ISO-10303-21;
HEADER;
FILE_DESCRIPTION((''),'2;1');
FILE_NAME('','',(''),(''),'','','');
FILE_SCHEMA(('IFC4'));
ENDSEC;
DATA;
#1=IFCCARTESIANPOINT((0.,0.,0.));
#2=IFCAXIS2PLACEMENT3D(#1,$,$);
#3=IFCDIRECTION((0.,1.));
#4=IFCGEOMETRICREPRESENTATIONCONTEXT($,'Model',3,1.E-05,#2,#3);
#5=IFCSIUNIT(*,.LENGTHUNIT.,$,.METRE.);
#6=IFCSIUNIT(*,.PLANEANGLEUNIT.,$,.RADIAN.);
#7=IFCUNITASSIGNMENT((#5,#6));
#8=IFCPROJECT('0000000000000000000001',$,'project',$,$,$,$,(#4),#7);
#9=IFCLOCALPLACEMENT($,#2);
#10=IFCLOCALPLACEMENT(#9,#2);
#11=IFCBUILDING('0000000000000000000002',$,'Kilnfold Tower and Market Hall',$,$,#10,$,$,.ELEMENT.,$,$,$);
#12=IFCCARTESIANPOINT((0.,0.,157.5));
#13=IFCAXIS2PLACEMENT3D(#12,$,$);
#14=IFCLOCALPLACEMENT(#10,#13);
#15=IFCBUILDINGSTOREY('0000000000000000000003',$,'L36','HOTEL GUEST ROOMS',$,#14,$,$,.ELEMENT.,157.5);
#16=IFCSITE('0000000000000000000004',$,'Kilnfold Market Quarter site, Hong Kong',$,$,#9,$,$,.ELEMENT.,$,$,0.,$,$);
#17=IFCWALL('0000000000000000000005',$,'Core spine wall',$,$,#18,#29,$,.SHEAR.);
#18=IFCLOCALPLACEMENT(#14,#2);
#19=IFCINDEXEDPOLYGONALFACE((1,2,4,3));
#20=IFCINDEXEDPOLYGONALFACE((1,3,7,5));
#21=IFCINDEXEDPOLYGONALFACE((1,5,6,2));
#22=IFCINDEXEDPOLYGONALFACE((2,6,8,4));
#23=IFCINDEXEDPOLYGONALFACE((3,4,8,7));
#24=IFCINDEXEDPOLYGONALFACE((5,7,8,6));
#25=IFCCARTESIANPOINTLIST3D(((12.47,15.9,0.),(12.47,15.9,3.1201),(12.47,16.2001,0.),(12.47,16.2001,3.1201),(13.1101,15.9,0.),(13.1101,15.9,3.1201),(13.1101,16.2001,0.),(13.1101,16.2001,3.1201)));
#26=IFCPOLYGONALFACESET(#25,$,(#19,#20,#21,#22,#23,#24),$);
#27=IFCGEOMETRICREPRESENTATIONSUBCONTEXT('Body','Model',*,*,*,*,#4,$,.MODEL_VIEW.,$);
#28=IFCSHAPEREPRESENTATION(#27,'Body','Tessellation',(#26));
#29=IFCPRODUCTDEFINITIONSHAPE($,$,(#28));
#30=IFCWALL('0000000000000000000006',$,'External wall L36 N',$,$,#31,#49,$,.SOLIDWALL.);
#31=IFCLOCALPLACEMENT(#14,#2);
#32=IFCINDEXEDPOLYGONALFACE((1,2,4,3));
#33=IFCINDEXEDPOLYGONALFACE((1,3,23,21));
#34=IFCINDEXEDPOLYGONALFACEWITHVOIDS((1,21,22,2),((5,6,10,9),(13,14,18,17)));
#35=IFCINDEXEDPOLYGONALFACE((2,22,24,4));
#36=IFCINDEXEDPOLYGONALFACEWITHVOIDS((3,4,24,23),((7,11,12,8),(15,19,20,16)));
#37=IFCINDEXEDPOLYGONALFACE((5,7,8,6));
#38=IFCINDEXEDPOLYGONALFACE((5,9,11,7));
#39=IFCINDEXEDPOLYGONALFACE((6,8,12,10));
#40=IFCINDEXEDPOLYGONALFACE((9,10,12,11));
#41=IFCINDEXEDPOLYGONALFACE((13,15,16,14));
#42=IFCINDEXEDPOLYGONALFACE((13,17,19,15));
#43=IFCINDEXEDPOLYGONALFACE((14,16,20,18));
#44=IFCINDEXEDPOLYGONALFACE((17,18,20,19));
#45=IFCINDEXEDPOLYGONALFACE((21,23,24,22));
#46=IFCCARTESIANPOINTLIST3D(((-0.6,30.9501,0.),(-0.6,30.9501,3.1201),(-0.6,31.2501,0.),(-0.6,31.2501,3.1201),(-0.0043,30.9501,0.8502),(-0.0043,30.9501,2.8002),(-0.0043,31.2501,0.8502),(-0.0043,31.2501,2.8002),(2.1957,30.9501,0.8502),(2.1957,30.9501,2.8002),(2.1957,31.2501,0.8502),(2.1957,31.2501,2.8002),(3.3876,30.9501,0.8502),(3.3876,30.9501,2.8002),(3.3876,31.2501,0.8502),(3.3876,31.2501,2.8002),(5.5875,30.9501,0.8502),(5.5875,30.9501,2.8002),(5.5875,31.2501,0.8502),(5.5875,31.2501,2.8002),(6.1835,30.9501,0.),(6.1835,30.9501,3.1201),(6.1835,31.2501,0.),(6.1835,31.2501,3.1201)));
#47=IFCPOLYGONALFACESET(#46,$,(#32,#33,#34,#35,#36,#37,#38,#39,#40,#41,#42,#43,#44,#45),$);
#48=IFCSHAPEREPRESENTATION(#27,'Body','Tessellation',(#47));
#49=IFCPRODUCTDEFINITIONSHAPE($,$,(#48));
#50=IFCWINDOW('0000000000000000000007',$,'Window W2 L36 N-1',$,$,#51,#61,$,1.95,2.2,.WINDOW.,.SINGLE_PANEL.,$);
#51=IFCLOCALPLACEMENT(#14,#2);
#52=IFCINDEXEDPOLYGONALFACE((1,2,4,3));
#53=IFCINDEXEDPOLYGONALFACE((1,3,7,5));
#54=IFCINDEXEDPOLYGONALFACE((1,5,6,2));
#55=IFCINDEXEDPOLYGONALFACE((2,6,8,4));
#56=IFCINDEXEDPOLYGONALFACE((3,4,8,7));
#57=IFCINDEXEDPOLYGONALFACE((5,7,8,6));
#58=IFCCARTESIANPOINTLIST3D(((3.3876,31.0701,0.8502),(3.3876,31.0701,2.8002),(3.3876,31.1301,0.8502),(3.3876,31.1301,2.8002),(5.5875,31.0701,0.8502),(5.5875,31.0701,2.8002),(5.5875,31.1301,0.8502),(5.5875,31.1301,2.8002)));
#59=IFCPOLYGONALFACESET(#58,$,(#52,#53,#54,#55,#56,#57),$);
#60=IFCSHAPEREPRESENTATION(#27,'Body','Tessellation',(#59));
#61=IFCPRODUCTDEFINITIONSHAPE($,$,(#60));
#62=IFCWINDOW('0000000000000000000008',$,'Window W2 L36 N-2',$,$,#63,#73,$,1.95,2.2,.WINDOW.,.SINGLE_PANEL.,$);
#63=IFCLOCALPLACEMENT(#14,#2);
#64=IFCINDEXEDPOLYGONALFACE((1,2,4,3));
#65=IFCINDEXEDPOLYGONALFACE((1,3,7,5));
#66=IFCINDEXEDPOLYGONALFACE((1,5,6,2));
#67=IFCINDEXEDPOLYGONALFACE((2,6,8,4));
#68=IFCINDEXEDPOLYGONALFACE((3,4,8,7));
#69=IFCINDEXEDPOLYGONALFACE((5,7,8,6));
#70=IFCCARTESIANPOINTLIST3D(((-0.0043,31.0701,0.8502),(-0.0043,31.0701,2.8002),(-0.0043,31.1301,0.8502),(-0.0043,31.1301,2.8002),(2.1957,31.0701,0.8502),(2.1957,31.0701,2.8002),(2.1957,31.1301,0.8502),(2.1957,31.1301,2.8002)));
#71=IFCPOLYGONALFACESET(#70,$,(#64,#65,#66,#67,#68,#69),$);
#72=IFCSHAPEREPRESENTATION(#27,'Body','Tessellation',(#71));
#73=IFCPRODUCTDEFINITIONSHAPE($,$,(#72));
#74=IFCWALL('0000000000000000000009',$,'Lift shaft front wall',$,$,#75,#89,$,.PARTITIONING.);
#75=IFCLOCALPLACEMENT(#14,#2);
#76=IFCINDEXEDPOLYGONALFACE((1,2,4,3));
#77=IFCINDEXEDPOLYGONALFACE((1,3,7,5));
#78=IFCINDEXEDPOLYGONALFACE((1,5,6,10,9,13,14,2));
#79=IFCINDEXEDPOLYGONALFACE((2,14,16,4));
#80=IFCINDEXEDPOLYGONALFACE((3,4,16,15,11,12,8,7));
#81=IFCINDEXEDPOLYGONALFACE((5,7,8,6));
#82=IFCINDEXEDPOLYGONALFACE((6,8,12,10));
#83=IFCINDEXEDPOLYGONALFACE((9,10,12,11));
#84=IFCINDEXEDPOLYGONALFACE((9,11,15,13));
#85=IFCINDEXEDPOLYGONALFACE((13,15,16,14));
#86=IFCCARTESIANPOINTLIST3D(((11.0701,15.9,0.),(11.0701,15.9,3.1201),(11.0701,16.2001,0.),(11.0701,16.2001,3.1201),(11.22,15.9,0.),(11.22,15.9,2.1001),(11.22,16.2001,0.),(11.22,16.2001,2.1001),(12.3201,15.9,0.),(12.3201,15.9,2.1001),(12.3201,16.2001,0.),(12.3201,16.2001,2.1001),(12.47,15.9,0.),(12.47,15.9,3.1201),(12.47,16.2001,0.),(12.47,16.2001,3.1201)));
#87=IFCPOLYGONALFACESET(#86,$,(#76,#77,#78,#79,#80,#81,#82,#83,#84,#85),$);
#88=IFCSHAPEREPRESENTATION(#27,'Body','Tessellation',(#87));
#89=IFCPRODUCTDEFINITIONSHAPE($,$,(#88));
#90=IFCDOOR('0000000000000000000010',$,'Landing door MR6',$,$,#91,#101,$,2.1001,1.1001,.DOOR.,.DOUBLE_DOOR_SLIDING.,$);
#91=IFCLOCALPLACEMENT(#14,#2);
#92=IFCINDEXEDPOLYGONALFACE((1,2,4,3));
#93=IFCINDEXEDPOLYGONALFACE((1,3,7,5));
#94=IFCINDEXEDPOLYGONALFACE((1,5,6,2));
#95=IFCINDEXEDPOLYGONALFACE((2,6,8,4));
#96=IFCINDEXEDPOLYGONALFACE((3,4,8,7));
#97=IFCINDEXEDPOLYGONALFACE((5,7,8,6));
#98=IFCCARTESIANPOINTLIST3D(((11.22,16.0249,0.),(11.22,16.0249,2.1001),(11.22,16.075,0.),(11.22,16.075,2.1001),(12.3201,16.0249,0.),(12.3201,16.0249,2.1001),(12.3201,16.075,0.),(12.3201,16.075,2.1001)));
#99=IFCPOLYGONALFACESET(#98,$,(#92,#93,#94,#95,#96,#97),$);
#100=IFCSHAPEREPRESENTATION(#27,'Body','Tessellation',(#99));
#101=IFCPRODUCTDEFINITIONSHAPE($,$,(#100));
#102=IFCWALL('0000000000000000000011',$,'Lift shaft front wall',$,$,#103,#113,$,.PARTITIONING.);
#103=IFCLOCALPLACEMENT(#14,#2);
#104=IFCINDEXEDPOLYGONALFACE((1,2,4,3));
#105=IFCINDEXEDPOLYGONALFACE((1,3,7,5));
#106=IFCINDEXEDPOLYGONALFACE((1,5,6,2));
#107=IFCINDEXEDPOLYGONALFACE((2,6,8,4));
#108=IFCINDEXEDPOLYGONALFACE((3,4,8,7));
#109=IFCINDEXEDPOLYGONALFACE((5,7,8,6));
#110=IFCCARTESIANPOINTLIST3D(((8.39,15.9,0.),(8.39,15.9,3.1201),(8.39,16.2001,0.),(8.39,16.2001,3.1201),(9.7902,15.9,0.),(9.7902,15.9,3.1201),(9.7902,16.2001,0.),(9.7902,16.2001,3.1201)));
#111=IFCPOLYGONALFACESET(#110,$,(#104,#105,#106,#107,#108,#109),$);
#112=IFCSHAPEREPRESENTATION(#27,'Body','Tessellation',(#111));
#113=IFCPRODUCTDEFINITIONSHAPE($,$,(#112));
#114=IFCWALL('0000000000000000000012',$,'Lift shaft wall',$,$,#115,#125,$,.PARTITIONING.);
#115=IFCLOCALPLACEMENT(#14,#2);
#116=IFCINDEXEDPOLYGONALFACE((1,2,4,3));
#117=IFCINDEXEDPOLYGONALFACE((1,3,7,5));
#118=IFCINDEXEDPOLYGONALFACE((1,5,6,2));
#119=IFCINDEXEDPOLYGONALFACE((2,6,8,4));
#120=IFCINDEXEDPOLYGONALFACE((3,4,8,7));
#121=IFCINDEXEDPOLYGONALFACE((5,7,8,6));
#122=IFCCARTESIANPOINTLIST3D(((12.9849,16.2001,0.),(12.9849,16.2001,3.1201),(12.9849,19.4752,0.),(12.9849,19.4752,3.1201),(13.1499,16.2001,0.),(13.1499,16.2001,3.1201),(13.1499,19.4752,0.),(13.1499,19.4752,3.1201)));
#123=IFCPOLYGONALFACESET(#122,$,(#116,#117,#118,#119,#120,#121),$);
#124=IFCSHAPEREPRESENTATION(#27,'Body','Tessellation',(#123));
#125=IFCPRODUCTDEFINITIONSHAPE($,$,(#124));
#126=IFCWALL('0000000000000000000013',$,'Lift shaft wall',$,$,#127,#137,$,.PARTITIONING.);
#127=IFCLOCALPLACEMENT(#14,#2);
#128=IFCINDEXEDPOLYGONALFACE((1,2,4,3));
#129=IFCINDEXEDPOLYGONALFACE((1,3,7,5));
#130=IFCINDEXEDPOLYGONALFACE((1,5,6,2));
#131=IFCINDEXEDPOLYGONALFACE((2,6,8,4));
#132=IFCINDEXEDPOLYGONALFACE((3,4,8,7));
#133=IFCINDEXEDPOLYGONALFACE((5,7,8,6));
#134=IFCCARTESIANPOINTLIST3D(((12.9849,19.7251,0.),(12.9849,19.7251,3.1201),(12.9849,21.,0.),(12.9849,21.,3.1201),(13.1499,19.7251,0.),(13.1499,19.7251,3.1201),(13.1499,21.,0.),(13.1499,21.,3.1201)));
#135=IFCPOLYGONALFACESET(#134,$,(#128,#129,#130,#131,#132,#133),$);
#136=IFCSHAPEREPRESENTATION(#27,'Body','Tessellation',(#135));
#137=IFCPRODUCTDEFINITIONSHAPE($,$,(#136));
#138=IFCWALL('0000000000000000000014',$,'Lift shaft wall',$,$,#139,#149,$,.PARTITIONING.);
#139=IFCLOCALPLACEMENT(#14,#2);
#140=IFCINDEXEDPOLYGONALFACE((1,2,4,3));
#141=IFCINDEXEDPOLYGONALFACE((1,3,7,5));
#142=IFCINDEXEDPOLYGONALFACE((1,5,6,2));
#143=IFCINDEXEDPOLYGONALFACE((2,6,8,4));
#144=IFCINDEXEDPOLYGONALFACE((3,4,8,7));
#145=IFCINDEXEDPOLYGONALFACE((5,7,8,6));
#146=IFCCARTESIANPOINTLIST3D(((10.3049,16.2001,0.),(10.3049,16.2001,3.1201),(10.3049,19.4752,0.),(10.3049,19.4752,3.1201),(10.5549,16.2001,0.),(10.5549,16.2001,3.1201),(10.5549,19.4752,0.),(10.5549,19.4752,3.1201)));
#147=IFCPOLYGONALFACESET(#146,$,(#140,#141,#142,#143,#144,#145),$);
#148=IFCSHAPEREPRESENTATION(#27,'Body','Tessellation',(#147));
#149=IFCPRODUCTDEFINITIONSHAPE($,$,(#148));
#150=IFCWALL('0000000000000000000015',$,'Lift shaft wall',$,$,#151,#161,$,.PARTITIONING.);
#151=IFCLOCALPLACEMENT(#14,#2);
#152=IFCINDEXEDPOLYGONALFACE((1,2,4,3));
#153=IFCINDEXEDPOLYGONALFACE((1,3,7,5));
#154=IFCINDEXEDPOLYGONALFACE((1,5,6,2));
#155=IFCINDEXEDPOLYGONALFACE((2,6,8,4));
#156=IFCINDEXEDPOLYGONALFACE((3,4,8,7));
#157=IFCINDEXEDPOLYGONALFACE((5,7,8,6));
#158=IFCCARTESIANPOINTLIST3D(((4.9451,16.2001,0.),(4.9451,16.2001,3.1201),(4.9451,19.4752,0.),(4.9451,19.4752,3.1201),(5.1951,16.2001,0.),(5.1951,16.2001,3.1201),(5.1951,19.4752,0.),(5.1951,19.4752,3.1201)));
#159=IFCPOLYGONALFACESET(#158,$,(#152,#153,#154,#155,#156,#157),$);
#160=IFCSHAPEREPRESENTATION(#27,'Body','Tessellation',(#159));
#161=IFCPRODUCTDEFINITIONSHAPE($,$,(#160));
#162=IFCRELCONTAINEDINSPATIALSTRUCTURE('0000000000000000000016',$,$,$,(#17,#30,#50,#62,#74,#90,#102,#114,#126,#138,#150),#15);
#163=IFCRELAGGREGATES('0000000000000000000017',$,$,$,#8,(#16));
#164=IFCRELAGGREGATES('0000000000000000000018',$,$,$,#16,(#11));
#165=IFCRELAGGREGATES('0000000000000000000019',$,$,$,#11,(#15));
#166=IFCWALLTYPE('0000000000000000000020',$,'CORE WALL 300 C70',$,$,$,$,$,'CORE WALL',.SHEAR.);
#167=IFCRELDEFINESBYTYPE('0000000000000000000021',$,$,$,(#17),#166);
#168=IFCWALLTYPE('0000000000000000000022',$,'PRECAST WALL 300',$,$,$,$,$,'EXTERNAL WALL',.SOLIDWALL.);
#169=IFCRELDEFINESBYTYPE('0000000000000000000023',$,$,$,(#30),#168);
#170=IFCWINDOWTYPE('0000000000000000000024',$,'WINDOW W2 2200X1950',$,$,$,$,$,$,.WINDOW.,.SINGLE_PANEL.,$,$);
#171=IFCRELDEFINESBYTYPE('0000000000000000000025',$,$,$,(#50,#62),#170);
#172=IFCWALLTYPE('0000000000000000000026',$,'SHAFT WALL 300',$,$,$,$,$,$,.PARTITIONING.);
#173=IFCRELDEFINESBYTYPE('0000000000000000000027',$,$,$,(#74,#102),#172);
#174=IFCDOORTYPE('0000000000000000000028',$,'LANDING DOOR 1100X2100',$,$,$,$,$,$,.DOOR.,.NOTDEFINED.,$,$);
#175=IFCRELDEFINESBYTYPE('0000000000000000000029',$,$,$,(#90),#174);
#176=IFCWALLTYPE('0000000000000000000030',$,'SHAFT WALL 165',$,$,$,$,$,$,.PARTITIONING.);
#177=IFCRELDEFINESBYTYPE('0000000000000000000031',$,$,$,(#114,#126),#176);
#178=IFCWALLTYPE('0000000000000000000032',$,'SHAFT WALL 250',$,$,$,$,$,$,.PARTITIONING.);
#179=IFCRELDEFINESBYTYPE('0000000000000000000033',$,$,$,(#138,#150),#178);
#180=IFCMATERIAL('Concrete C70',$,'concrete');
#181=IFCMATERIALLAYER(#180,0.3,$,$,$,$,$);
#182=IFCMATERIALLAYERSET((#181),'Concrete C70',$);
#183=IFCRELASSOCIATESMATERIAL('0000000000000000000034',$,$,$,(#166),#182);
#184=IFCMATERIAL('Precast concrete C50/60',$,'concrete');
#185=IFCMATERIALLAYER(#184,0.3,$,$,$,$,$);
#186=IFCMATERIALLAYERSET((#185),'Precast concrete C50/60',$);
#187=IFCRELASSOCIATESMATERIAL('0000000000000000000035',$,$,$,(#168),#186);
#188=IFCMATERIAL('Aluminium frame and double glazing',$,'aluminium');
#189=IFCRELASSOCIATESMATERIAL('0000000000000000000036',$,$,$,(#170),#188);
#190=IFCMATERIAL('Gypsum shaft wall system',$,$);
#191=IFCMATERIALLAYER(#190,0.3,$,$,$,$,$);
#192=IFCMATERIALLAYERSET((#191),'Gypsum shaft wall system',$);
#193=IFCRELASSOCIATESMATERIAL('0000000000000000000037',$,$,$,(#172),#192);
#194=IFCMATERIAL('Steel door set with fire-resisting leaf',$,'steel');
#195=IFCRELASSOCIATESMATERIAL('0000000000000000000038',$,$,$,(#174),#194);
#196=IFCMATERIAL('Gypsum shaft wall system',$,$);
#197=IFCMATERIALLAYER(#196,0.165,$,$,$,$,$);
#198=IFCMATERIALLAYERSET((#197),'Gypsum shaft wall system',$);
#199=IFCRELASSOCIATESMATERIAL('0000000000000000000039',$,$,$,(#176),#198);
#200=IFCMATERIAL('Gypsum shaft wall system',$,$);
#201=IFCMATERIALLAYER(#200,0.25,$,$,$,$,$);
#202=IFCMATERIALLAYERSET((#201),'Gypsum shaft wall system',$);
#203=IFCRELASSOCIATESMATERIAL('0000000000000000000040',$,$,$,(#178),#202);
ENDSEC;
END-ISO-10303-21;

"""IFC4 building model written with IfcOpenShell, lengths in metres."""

from ifc_helpers import new_model, si_unit, direction, frame, frame_2d, origin, place, context, subcontext, project, spatial, rectangle, extrude, source, transform, mapped, material, layer, layer_set, type_object, element, fill, save


model = new_model("IFC4")

# Units and contexts
model_context = context("Model", 3, precision=1e-05, world=origin(), true_north=direction((0.0, 1.0)))
body_context = subcontext(model_context, "Body", "Model", "MODEL_VIEW")
ifc_project = project(units=[si_unit("LENGTHUNIT", "METRE"), si_unit("PLANEANGLEUNIT", "RADIAN")], contexts=[model_context])

# Site, building, storey
site_placement = place(None, origin())
site = spatial("IfcSite", under=ifc_project, at=site_placement, Name="Kilnfold Market Quarter site, Hong Kong", CompositionType="ELEMENT", RefElevation=0.0)
building_placement = place(site_placement, origin())
building = spatial("IfcBuilding", under=site, at=building_placement, Name="Kilnfold Tower and Market Hall", CompositionType="ELEMENT")
storey_placement = place(building_placement, frame((0.0, 0.0, 157.5)))
storey = spatial("IfcBuildingStorey", under=building, at=storey_placement, Name="L36", Description="HOTEL GUEST ROOMS", CompositionType="ELEMENT", Elevation=157.5)

# Wall
ifc_material_1 = material(Name="Concrete C70", Category="concrete")
ifc_layer_1 = layer(ifc_material_1, 0.3)
ifc_layer_set_1 = layer_set([ifc_layer_1], Name="Concrete C70")
wall_type_1 = type_object("IfcWallType", Name="CORE WALL 300 C70", ElementType="CORE WALL", PredefinedType="SHEAR", material=ifc_layer_set_1)
shared_shape_1 = source(origin(), body_context, "Body", "SweptSolid", [
    extrude(rectangle(XDim=0.6401, YDim=0.3, at=frame_2d((0.3201, 0.0))), origin(), (0.0, 0.0, 1.0), 3.1201),
])
wall_1_placement = place(storey_placement, frame((12.47, 16.05, 0.0), z_axis=(0.0, 0.0, 1.0), x_axis=(1.0, 0.0, 0.0)))
element("IfcWall", 1, at=wall_1_placement, inside=storey, type_object=wall_type_1, Name="Core spine wall", PredefinedType="SHEAR", context=body_context, shape_type="MappedRepresentation", body=[
    mapped(shared_shape_1, transform((0.0, 0.0, 0.0))),
])

# Wall, openings, windows
ifc_material_2 = material(Name="Precast concrete C50/60", Category="concrete")
ifc_layer_2 = layer(ifc_material_2, 0.3)
ifc_layer_set_2 = layer_set([ifc_layer_2], Name="Precast concrete C50/60")
wall_type_2 = type_object("IfcWallType", Name="PRECAST WALL 300", ElementType="EXTERNAL WALL", PredefinedType="SOLIDWALL", material=ifc_layer_set_2)
shared_shape_2 = source(origin(), body_context, "Body", "SweptSolid", [
    extrude(rectangle(XDim=6.7834, YDim=0.3, at=frame_2d((3.3916, 0.0))), origin(), (0.0, 0.0, 1.0), 3.1201),
])
wall_2_placement = place(storey_placement, frame((6.1833, 31.1001, 0.0), z_axis=(0.0, 0.0, 1.0), x_axis=(-1.0, 0.0, 0.0)))
wall_2 = element("IfcWall", 2, at=wall_2_placement, inside=storey, type_object=wall_type_2, Name="External wall L36 N", PredefinedType="SOLIDWALL", context=body_context, shape_type="MappedRepresentation", body=[
    mapped(shared_shape_2, transform((0.0, 0.0, 0.0))),
])
opening_1_placement = place(wall_2_placement, frame((0.5957, 0.0, 0.8501)))
opening_1 = element("IfcOpeningElement", 3, at=opening_1_placement, cuts=wall_2, PredefinedType="OPENING", context=body_context, shape_type="SweptSolid", body=[
    extrude(rectangle(XDim=2.2, YDim=1.95, at=frame_2d((1.1001, 0.9751))), frame((0.0, 0.1602, 0.0), z_axis=(0.0, -1.0, 0.0), x_axis=(1.0, 0.0, 0.0)), (0.0, 0.0, 1.0), 0.3201),
])
opening_2_placement = place(wall_2_placement, frame((3.9875, 0.0, 0.8501)))
opening_2 = element("IfcOpeningElement", 4, at=opening_2_placement, cuts=wall_2, PredefinedType="OPENING", context=body_context, shape_type="SweptSolid", body=[
    extrude(rectangle(XDim=2.2, YDim=1.95, at=frame_2d((1.1001, 0.9751))), frame((0.0, 0.1602, 0.0), z_axis=(0.0, -1.0, 0.0), x_axis=(1.0, 0.0, 0.0)), (0.0, 0.0, 1.0), 0.3201),
])
ifc_material_3 = material(Name="Aluminium frame and double glazing", Category="aluminium")
window_type = type_object("IfcWindowType", Name="WINDOW W2 2200X1950", PartitioningType="SINGLE_PANEL", PredefinedType="WINDOW", material=ifc_material_3)
window_1_placement = place(opening_1_placement, origin())
window_1 = element("IfcWindow", 5, at=window_1_placement, inside=storey, type_object=window_type, Name="Window W2 L36 N-1", OverallHeight=1.95, OverallWidth=2.2, PartitioningType="SINGLE_PANEL", PredefinedType="WINDOW", context=body_context, shape_type="SweptSolid", body=[
    extrude(rectangle(XDim=2.2, YDim=1.95, at=frame_2d((1.1001, 0.9751))), frame((0.0, 0.03, 0.0), z_axis=(0.0, -1.0, 0.0), x_axis=(1.0, 0.0, 0.0)), (0.0, 0.0, 1.0), 0.0601),
])
fill(opening_1, window_1)
window_2_placement = place(opening_2_placement, origin())
window_2 = element("IfcWindow", 6, at=window_2_placement, inside=storey, type_object=window_type, Name="Window W2 L36 N-2", OverallHeight=1.95, OverallWidth=2.2, PartitioningType="SINGLE_PANEL", PredefinedType="WINDOW", context=body_context, shape_type="SweptSolid", body=[
    extrude(rectangle(XDim=2.2, YDim=1.95, at=frame_2d((1.1001, 0.9751))), frame((0.0, 0.03, 0.0), z_axis=(0.0, -1.0, 0.0), x_axis=(1.0, 0.0, 0.0)), (0.0, 0.0, 1.0), 0.0601),
])
fill(opening_2, window_2)

# Wall, opening, door
ifc_material_4 = material(Name="Gypsum shaft wall system")
ifc_layer_3 = layer(ifc_material_4, 0.3)
ifc_layer_set_3 = layer_set([ifc_layer_3], Name="Gypsum shaft wall system")
wall_type_3 = type_object("IfcWallType", Name="SHAFT WALL 300", PredefinedType="PARTITIONING", material=ifc_layer_set_3)
shared_shape_3 = source(origin(), body_context, "Body", "SweptSolid", [
    extrude(rectangle(XDim=1.3999, YDim=0.3, at=frame_2d((0.7, 0.0))), origin(), (0.0, 0.0, 1.0), 3.1201),
])
wall_3_placement = place(storey_placement, frame((11.0701, 16.05, 0.0), z_axis=(0.0, 0.0, 1.0), x_axis=(1.0, 0.0, 0.0)))
wall_3 = element("IfcWall", 7, at=wall_3_placement, inside=storey, type_object=wall_type_3, Name="Lift shaft front wall", PredefinedType="PARTITIONING", context=body_context, shape_type="MappedRepresentation", body=[
    mapped(shared_shape_3, transform((0.0, 0.0, 0.0))),
])
opening_3_placement = place(wall_3_placement, frame((0.1499, 0.0, 0.0)))
opening_3 = element("IfcOpeningElement", 8, at=opening_3_placement, cuts=wall_3, PredefinedType="OPENING", context=body_context, shape_type="SweptSolid", body=[
    extrude(rectangle(XDim=1.1001, YDim=2.1001, at=frame_2d((0.55, 1.05))), frame((0.0, 0.1602, 0.0), z_axis=(0.0, -1.0, 0.0), x_axis=(1.0, 0.0, 0.0)), (0.0, 0.0, 1.0), 0.3201),
])
ifc_material_5 = material(Name="Steel door set with fire-resisting leaf", Category="steel")
door_type_1 = type_object("IfcDoorType", Name="LANDING DOOR 1100X2100", OperationType="NOTDEFINED", PredefinedType="DOOR", material=ifc_material_5)
door_1_placement = place(opening_3_placement, origin())
door_1 = element("IfcDoor", 9, at=door_1_placement, inside=storey, type_object=door_type_1, Name="Landing door MR6", OperationType="DOUBLE_DOOR_SLIDING", OverallHeight=2.1001, OverallWidth=1.1001, PredefinedType="DOOR", context=body_context, shape_type="SweptSolid", body=[
    extrude(rectangle(XDim=1.1001, YDim=2.1001, at=frame_2d((0.55, 1.05))), frame((0.0, 0.0249, 0.0), z_axis=(0.0, -1.0, 0.0), x_axis=(1.0, 0.0, 0.0)), (0.0, 0.0, 1.0), 0.05),
])
fill(opening_3, door_1)

# Walls
shared_shape_4 = source(origin(), body_context, "Body", "SweptSolid", [
    extrude(rectangle(XDim=1.4001, YDim=0.3, at=frame_2d((0.7002, 0.0))), origin(), (0.0, 0.0, 1.0), 3.1201),
])
wall_4_placement = place(storey_placement, frame((8.3899, 16.05, 0.0), z_axis=(0.0, 0.0, 1.0), x_axis=(1.0, 0.0, 0.0)))
element("IfcWall", 10, at=wall_4_placement, inside=storey, type_object=wall_type_3, Name="Lift shaft front wall", PredefinedType="PARTITIONING", context=body_context, shape_type="MappedRepresentation", body=[
    mapped(shared_shape_4, transform((0.0, 0.0, 0.0))),
])
ifc_material_6 = material(Name="Gypsum shaft wall system")
ifc_layer_4 = layer(ifc_material_6, 0.165)
ifc_layer_set_4 = layer_set([ifc_layer_4], Name="Gypsum shaft wall system")
wall_type_4 = type_object("IfcWallType", Name="SHAFT WALL 165", PredefinedType="PARTITIONING", material=ifc_layer_set_4)
shared_shape_5 = source(origin(), body_context, "Body", "SweptSolid", [
    extrude(rectangle(XDim=3.2751, YDim=0.165, at=frame_2d((1.6377, 0.0))), origin(), (0.0, 0.0, 1.0), 3.1201),
])
wall_5_placement = place(storey_placement, frame((13.0674, 16.2, 0.0), z_axis=(0.0, 0.0, 1.0), x_axis=(0.0, 1.0, 0.0)))
element("IfcWall", 11, at=wall_5_placement, inside=storey, type_object=wall_type_4, Name="Lift shaft wall", PredefinedType="PARTITIONING", context=body_context, shape_type="MappedRepresentation", body=[
    mapped(shared_shape_5, transform((0.0, 0.0, 0.0))),
])
shared_shape_6 = source(origin(), body_context, "Body", "SweptSolid", [
    extrude(rectangle(XDim=1.2749, YDim=0.165, at=frame_2d((0.6375, 0.0))), origin(), (0.0, 0.0, 1.0), 3.1201),
])
wall_6_placement = place(storey_placement, frame((13.0674, 19.7251, 0.0), z_axis=(0.0, 0.0, 1.0), x_axis=(0.0, 1.0, 0.0)))
element("IfcWall", 12, at=wall_6_placement, inside=storey, type_object=wall_type_4, Name="Lift shaft wall", PredefinedType="PARTITIONING", context=body_context, shape_type="MappedRepresentation", body=[
    mapped(shared_shape_6, transform((0.0, 0.0, 0.0))),
])
ifc_material_7 = material(Name="Gypsum shaft wall system")
ifc_layer_5 = layer(ifc_material_7, 0.25)
ifc_layer_set_5 = layer_set([ifc_layer_5], Name="Gypsum shaft wall system")
wall_type_5 = type_object("IfcWallType", Name="SHAFT WALL 250", PredefinedType="PARTITIONING", material=ifc_layer_set_5)
shared_shape_7 = source(origin(), body_context, "Body", "SweptSolid", [
    extrude(rectangle(XDim=3.2751, YDim=0.25, at=frame_2d((1.6377, 0.0))), origin(), (0.0, 0.0, 1.0), 3.1201),
])
for number, where, z_axis, x_axis, name in (
    (13, (10.4299, 16.2, 0.0), (0.0, 0.0, 1.0), (0.0, 1.0, 0.0), "Lift shaft wall"),
    (14, (5.0701, 16.2, 0.0), (0.0, 0.0, 1.0), (0.0, 1.0, 0.0), "Lift shaft wall"),
):
    element("IfcWall", number, at=place(storey_placement, frame(where, z_axis=z_axis, x_axis=x_axis)), inside=storey, type_object=wall_type_5, Name=name, PredefinedType="PARTITIONING", context=body_context, shape_type="MappedRepresentation", body=[
        mapped(shared_shape_7, transform((0.0, 0.0, 0.0))),
    ])

save(model, "model.ifc")
